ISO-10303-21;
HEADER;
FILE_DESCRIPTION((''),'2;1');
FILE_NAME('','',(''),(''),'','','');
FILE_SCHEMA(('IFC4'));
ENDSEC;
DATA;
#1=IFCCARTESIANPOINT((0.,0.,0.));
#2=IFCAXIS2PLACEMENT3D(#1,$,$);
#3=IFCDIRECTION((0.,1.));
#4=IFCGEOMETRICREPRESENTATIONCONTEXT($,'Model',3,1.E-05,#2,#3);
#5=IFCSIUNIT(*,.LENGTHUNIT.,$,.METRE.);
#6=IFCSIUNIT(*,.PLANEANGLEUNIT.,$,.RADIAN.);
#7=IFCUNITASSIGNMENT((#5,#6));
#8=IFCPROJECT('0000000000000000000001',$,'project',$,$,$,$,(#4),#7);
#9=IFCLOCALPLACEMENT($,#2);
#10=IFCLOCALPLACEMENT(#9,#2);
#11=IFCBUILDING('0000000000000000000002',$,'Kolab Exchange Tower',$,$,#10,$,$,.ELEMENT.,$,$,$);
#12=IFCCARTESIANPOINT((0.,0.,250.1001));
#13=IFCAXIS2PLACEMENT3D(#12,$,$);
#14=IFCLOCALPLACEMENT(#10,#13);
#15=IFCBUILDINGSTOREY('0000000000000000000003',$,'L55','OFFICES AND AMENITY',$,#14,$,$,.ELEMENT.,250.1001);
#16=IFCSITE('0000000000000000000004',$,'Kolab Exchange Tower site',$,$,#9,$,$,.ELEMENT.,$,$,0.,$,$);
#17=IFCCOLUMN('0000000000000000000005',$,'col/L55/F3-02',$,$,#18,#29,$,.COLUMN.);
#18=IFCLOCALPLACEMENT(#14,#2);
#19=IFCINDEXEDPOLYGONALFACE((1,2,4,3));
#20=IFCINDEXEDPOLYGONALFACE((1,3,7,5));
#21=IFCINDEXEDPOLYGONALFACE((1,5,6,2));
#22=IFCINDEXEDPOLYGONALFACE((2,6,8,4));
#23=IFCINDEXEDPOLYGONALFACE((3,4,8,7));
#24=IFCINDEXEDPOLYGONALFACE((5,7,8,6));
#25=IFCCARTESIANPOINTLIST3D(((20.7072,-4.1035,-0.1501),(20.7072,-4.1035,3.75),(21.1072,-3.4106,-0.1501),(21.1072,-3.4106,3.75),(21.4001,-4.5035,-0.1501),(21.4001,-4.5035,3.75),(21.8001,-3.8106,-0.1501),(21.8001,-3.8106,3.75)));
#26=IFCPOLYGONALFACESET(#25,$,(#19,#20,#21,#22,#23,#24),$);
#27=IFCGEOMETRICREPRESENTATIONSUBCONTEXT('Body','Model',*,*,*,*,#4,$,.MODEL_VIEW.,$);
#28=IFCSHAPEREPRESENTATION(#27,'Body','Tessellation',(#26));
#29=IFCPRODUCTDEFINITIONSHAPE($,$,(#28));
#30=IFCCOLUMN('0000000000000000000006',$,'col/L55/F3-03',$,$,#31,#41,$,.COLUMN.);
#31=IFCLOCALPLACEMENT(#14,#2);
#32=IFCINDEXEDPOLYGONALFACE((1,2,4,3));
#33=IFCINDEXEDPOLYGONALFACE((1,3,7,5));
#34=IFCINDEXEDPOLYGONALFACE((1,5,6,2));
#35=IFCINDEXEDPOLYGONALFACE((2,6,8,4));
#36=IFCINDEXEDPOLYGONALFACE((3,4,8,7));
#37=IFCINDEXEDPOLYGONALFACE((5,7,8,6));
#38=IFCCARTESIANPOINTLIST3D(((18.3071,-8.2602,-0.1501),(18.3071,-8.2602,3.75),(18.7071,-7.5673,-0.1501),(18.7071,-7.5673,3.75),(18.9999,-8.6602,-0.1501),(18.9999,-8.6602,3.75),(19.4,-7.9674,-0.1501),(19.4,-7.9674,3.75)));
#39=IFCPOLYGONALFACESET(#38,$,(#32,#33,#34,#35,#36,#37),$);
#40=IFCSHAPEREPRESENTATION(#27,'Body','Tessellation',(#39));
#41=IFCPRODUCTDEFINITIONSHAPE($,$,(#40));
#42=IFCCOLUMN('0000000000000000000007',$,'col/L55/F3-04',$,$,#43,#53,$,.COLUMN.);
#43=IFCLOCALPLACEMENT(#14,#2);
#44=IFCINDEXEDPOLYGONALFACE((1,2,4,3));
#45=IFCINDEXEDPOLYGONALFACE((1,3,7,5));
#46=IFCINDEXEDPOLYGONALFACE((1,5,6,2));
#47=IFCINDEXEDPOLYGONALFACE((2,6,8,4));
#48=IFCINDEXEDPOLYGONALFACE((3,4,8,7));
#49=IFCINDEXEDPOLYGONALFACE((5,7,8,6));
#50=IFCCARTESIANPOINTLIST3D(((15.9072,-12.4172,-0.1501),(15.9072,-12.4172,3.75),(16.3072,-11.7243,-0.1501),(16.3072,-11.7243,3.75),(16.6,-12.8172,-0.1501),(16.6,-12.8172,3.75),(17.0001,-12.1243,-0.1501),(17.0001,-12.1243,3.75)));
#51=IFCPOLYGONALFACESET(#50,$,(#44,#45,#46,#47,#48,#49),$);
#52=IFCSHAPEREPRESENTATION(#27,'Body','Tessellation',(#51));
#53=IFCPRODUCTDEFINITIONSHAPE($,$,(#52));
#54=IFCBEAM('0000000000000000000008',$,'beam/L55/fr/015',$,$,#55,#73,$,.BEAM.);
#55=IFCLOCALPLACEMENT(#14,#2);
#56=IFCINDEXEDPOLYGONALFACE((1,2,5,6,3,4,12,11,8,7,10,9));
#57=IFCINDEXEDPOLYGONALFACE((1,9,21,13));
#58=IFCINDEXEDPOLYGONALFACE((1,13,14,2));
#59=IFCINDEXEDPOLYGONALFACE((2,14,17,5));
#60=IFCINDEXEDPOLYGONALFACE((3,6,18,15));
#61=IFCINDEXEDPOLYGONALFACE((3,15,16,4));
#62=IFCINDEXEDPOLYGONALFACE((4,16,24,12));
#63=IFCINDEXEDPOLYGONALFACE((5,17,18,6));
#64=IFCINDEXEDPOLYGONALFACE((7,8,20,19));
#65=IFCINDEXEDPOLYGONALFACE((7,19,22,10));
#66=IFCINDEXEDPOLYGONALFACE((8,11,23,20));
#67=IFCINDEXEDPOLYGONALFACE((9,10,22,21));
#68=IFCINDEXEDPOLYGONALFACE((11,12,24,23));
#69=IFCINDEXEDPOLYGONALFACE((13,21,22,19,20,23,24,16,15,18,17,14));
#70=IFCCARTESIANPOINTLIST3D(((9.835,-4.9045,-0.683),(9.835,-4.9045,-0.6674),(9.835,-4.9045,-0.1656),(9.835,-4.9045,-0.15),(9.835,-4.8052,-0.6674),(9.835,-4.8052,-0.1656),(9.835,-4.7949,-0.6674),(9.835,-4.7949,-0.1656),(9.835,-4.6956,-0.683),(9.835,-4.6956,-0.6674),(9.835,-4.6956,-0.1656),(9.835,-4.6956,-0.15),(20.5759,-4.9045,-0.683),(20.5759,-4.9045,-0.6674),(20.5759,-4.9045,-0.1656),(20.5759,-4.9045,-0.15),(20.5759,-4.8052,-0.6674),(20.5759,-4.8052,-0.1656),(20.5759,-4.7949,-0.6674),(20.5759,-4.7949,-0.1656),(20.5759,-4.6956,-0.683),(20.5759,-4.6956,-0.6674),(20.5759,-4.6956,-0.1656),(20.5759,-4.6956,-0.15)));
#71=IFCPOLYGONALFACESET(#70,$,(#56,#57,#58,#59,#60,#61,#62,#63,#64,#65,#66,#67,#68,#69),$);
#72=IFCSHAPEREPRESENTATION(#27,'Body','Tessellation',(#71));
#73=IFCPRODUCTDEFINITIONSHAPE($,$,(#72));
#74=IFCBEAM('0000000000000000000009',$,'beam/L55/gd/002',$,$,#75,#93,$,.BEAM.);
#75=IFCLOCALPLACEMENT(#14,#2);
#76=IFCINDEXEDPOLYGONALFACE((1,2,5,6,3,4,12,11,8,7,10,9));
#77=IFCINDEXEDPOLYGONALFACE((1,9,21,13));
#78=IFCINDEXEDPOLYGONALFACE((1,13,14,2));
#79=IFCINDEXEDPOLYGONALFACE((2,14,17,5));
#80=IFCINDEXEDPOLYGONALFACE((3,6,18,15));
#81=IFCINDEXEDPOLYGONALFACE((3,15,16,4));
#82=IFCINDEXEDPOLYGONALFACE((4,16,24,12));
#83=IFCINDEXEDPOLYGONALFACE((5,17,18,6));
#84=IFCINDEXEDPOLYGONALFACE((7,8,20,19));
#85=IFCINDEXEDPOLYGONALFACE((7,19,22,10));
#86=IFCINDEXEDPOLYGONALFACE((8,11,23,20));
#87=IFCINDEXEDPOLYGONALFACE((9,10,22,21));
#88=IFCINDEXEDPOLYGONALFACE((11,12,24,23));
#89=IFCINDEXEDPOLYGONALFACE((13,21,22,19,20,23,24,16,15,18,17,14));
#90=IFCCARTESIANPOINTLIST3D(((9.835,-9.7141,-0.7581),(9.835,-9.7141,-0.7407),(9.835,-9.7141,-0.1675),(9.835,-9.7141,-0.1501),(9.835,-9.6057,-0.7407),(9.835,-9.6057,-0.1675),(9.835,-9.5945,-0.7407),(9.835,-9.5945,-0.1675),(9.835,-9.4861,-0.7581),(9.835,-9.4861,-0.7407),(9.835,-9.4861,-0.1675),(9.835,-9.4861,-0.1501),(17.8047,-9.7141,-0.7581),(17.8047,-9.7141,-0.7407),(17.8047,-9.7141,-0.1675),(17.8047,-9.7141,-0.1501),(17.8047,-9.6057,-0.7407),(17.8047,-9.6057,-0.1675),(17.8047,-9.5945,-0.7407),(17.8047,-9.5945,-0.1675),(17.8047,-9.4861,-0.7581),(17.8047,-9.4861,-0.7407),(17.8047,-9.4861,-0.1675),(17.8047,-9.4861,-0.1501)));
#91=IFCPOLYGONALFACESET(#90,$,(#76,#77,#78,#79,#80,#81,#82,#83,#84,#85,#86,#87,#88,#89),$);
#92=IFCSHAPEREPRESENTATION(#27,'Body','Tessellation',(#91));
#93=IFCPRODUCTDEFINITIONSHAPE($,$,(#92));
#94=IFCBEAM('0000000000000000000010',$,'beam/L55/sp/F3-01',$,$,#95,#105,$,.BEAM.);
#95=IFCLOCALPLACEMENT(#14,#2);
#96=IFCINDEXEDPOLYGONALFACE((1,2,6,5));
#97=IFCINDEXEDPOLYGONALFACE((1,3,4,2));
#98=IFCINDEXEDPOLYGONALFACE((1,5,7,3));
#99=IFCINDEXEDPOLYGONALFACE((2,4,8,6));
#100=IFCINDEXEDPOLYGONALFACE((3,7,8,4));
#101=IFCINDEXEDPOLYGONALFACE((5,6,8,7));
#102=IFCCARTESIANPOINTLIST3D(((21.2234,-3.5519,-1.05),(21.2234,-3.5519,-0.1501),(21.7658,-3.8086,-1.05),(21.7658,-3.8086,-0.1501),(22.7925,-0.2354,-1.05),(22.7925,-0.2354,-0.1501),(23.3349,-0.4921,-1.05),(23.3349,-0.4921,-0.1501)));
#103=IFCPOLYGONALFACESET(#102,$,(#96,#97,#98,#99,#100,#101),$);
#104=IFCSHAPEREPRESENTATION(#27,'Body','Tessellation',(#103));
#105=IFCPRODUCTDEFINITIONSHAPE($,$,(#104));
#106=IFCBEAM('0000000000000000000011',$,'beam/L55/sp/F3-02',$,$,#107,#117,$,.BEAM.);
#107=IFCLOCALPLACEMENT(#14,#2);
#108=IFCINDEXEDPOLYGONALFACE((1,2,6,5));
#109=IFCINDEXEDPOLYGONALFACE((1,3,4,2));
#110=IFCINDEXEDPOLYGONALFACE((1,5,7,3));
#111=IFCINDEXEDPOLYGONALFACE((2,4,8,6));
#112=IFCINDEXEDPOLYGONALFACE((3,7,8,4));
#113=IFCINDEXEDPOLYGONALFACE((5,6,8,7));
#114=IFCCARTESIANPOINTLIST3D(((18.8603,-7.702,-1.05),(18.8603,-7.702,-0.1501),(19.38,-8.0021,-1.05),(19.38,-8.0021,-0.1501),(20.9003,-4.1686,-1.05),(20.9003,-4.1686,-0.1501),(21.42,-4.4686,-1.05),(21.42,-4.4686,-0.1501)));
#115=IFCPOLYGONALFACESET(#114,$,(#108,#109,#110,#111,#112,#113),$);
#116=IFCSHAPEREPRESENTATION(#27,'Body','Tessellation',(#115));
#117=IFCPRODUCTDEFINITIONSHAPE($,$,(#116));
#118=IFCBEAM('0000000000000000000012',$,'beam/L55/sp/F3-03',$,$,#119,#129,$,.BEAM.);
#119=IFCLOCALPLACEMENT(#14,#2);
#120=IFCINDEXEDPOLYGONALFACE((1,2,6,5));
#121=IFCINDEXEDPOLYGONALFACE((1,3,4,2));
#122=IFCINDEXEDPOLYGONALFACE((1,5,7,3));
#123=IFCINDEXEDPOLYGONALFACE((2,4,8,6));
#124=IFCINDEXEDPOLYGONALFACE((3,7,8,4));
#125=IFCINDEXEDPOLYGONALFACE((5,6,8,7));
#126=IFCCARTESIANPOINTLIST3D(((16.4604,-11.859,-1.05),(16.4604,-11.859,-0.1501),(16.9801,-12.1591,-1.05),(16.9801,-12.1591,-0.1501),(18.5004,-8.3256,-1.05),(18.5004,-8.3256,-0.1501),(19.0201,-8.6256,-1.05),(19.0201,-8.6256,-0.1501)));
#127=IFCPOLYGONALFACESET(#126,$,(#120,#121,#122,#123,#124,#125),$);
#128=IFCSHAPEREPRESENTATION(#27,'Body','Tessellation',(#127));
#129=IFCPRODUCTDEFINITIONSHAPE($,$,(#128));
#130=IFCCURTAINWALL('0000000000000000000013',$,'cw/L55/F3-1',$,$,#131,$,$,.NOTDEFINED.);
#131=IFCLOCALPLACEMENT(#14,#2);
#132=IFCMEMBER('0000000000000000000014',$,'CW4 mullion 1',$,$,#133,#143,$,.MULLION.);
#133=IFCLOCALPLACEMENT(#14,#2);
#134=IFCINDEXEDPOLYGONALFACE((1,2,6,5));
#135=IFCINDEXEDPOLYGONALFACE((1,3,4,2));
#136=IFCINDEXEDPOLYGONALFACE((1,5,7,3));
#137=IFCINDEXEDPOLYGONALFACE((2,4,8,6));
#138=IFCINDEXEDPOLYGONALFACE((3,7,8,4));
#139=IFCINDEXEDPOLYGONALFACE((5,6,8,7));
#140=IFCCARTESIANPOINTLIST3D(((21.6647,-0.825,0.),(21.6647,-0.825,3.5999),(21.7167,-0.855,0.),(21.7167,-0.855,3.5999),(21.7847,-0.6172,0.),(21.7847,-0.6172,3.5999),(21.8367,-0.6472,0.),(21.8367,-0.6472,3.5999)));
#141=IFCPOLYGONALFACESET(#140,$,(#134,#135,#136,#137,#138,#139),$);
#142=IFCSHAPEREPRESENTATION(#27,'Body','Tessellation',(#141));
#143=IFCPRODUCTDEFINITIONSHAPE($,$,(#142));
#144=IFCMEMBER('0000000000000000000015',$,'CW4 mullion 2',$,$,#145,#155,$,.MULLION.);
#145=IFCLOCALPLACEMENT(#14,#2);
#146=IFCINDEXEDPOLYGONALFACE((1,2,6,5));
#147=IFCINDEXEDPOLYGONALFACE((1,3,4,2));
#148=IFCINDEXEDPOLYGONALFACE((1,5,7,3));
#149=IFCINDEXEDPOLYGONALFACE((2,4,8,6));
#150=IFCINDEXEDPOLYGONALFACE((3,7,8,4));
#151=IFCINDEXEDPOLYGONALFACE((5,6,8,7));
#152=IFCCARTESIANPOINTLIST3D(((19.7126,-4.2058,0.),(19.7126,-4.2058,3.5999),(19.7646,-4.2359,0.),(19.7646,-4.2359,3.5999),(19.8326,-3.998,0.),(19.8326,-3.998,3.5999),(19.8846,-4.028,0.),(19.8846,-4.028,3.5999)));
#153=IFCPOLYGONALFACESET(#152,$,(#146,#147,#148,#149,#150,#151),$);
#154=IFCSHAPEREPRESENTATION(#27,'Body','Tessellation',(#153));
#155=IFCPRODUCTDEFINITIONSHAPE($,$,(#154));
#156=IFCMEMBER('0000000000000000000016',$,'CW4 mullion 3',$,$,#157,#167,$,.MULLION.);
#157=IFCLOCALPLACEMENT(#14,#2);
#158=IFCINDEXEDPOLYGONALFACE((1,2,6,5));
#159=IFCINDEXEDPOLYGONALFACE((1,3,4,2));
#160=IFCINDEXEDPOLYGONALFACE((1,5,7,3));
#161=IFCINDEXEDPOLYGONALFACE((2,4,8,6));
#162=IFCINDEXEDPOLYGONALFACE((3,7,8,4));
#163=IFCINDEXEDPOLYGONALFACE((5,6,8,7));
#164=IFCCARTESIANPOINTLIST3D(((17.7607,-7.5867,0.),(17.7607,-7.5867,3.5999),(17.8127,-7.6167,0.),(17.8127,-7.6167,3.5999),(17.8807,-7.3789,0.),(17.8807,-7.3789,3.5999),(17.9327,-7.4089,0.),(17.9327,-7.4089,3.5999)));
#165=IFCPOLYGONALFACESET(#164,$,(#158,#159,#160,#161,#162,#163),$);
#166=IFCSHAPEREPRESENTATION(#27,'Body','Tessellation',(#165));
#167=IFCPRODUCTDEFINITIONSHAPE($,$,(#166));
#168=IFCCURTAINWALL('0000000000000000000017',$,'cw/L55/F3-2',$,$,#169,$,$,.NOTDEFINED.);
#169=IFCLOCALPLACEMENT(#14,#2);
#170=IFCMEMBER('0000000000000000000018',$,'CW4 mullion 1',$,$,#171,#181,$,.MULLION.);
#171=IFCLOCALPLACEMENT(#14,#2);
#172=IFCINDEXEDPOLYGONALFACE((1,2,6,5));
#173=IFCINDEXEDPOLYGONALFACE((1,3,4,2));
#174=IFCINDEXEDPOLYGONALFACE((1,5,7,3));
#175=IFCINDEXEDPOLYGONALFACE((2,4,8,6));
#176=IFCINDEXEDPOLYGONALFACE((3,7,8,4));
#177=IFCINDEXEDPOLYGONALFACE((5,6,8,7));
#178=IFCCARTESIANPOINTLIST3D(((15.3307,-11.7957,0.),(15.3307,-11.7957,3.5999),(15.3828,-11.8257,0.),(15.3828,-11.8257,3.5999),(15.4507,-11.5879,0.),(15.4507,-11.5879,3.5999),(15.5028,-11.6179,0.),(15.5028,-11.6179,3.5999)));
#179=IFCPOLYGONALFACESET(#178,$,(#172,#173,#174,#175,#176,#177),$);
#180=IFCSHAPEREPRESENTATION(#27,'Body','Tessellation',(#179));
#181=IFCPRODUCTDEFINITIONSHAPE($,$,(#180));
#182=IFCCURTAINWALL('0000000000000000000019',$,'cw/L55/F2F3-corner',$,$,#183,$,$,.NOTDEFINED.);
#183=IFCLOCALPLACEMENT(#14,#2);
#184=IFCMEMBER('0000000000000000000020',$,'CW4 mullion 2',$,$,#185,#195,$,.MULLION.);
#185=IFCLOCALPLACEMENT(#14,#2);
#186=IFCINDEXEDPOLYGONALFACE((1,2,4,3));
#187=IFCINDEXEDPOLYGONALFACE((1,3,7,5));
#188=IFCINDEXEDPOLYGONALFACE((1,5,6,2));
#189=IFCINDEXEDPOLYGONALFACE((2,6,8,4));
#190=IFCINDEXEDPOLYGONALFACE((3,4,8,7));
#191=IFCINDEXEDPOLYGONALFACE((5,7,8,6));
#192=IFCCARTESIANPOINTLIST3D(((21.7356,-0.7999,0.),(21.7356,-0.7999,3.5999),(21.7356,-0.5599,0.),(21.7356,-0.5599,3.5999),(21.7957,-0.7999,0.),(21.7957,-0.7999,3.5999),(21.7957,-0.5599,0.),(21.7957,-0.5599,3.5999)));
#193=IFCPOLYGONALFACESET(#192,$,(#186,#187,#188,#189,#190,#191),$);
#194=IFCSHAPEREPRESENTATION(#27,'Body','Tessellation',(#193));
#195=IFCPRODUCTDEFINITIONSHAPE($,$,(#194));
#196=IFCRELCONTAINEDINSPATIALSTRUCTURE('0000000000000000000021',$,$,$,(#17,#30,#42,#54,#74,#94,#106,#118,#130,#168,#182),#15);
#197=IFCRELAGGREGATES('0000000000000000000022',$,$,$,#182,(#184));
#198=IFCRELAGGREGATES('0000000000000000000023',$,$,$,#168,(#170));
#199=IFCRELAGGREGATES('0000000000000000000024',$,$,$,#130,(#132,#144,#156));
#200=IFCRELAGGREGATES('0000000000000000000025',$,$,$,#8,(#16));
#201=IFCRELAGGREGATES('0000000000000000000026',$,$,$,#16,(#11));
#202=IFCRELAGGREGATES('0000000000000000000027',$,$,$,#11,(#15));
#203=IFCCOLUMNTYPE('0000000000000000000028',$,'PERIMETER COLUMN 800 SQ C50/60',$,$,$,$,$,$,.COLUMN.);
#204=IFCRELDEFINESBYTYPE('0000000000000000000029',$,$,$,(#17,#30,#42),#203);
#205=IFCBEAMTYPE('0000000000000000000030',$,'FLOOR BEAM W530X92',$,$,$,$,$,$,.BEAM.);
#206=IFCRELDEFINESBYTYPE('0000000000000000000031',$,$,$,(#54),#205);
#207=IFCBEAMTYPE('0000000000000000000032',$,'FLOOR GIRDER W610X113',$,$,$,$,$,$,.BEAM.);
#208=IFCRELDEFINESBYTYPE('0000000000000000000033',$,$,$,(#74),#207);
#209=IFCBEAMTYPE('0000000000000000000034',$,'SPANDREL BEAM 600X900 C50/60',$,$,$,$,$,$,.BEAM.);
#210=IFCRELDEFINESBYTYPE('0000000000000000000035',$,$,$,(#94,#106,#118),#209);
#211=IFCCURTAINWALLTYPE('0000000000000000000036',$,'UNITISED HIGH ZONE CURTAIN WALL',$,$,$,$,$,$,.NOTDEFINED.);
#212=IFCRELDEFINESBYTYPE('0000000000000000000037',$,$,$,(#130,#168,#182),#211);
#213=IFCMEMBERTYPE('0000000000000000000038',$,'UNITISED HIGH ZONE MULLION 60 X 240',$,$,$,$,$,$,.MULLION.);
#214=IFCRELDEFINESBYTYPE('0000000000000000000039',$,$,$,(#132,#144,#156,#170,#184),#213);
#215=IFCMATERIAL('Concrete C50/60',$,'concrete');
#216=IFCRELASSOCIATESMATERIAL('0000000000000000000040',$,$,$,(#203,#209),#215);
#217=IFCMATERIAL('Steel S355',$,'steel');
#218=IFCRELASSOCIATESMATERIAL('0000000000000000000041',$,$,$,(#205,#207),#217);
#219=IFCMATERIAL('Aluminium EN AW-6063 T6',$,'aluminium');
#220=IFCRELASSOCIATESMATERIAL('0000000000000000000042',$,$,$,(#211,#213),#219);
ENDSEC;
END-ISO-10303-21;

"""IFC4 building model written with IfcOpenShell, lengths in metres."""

from ifc_helpers import new_model, si_unit, direction, frame, origin, origin_2d, place, context, subcontext, project, spatial, rectangle, i_section, extrude, material, material_profile, profile_set, type_object, element, aggregate, save


model = new_model("IFC4")

# Units and contexts
model_context = context("Model", 3, precision=1e-05, world=origin(), true_north=direction((0.0, 1.0)))
body_context = subcontext(model_context, "Body", "Model", "MODEL_VIEW")
ifc_project = project(units=[si_unit("LENGTHUNIT", "METRE"), si_unit("PLANEANGLEUNIT", "RADIAN")], contexts=[model_context])

# Site, building, storey
site_placement = place(None, origin())
site = spatial("IfcSite", under=ifc_project, at=site_placement, Name="Kolab Exchange Tower site", CompositionType="ELEMENT", RefElevation=0.0)
building_placement = place(site_placement, origin())
building = spatial("IfcBuilding", under=site, at=building_placement, Name="Kolab Exchange Tower", CompositionType="ELEMENT")
storey_placement = place(building_placement, frame((0.0, 0.0, 250.1001)))
storey = spatial("IfcBuildingStorey", under=building, at=storey_placement, Name="L55", Description="OFFICES AND AMENITY", CompositionType="ELEMENT", Elevation=250.1001)

# Columns
ifc_material_1 = material(Name="Concrete C50/60", Category="concrete")
ifc_material_profile_1 = material_profile(ifc_material_1, rectangle(XDim=0.8, YDim=0.8, at=origin_2d()), Name="RC800")
ifc_profile_set_1 = profile_set([ifc_material_profile_1], Name="Concrete C50/60")
column_type = type_object("IfcColumnType", Name="PERIMETER COLUMN 800 SQ C50/60", PredefinedType="COLUMN", material=ifc_profile_set_1)
for number, where, z_axis, x_axis, name in (
    (1, (21.2537, -3.957, -0.1501), (0.0, 0.0, 1.0), (0.5, 0.866025, 0.0), "col/L55/F3-02"),
    (2, (18.8535, -8.1138, -0.1501), (0.0, 0.0, 1.0), (0.5, 0.866025, 0.0), "col/L55/F3-03"),
    (3, (16.4536, -12.2708, -0.1501), (0.0, 0.0, 1.0), (0.5, 0.866025, 0.0), "col/L55/F3-04"),
):
    element("IfcColumn", number, at=place(storey_placement, frame(where, z_axis=z_axis, x_axis=x_axis)), inside=storey, type_object=column_type, Name=name, PredefinedType="COLUMN", context=body_context, shape_type="SweptSolid", body=[
        extrude(rectangle(XDim=0.8, YDim=0.8, at=origin_2d()), origin(), (0.0, 0.0, 1.0), 3.9001),
    ])

# Beams
ifc_material_2 = material(Name="Steel S355", Category="steel")
ifc_material_profile_2 = material_profile(ifc_material_2, i_section(OverallWidth=0.209, OverallDepth=0.533, WebThickness=0.0103, FlangeThickness=0.0156, at=origin_2d()), Name="W530X92")
ifc_profile_set_2 = profile_set([ifc_material_profile_2], Name="Steel S355")
beam_type_1 = type_object("IfcBeamType", Name="FLOOR BEAM W530X92", PredefinedType="BEAM", material=ifc_profile_set_2)
beam_1_placement = place(storey_placement, frame((9.835, -4.8, -0.4165), z_axis=(1.0, 0.0, 0.0), x_axis=(0.0, 1.0, 0.0)))
element("IfcBeam", 4, at=beam_1_placement, inside=storey, type_object=beam_type_1, Name="beam/L55/fr/015", PredefinedType="BEAM", context=body_context, shape_type="SweptSolid", body=[
    extrude(i_section(OverallWidth=0.209, OverallDepth=0.533, WebThickness=0.0103, FlangeThickness=0.0156, at=origin_2d()), origin(), (0.0, 0.0, 1.0), 10.741),
])
ifc_material_profile_3 = material_profile(ifc_material_2, i_section(OverallWidth=0.228, OverallDepth=0.6079, WebThickness=0.0112, FlangeThickness=0.0173, at=origin_2d()), Name="W610X113")
ifc_profile_set_3 = profile_set([ifc_material_profile_3], Name="Steel S355")
beam_type_2 = type_object("IfcBeamType", Name="FLOOR GIRDER W610X113", PredefinedType="BEAM", material=ifc_profile_set_3)
beam_2_placement = place(storey_placement, frame((9.835, -9.6001, -0.4541), z_axis=(1.0, 0.0, 0.0), x_axis=(0.0, 1.0, 0.0)))
element("IfcBeam", 5, at=beam_2_placement, inside=storey, type_object=beam_type_2, Name="beam/L55/gd/002", PredefinedType="BEAM", context=body_context, shape_type="SweptSolid", body=[
    extrude(i_section(OverallWidth=0.228, OverallDepth=0.6079, WebThickness=0.0112, FlangeThickness=0.0173, at=origin_2d()), origin(), (0.0, 0.0, 1.0), 7.9697),
])
ifc_material_profile_4 = material_profile(ifc_material_1, rectangle(XDim=0.6001, YDim=0.8999, at=origin_2d()), Name="RC600X900")
ifc_profile_set_4 = profile_set([ifc_material_profile_4], Name="Concrete C50/60")
beam_type_3 = type_object("IfcBeamType", Name="SPANDREL BEAM 600X900 C50/60", PredefinedType="BEAM", material=ifc_profile_set_4)
beam_3_placement = place(storey_placement, frame((23.0637, -0.3638, -0.6001), z_axis=(-0.427677, -0.903932, 0.0), x_axis=(0.903932, -0.427677, 0.0)))
element("IfcBeam", 6, at=beam_3_placement, inside=storey, type_object=beam_type_3, Name="beam/L55/sp/F3-01", PredefinedType="BEAM", context=body_context, shape_type="SweptSolid", body=[
    extrude(rectangle(XDim=0.6001, YDim=0.8999, at=origin_2d()), origin(), (0.0, 0.0, 1.0), 3.6689),
])
for number, where, z_axis, x_axis, name in (
    (7, (21.1602, -4.3186, -0.6001), (-0.5, -0.866025, 0.0), (0.866025, -0.5, 0.0), "beam/L55/sp/F3-02"),
    (8, (18.7603, -8.4756, -0.6001), (-0.5, -0.866025, 0.0), (0.866025, -0.5, 0.0), "beam/L55/sp/F3-03"),
):
    element("IfcBeam", number, at=place(storey_placement, frame(where, z_axis=z_axis, x_axis=x_axis)), inside=storey, type_object=beam_type_3, Name=name, PredefinedType="BEAM", context=body_context, shape_type="SweptSolid", body=[
        extrude(rectangle(XDim=0.6001, YDim=0.8999, at=origin_2d()), origin(), (0.0, 0.0, 1.0), 4.0801),
    ])

# Curtain wall, members
ifc_material_3 = material(Name="Aluminium EN AW-6063 T6", Category="aluminium")
curtain_wall_type = type_object("IfcCurtainWallType", Name="UNITISED HIGH ZONE CURTAIN WALL", PredefinedType="NOTDEFINED", material=ifc_material_3)
curtain_wall_1_placement = place(storey_placement, origin())
curtain_wall_1 = element("IfcCurtainWall", 9, at=curtain_wall_1_placement, inside=storey, type_object=curtain_wall_type, Name="cw/L55/F3-1", PredefinedType="NOTDEFINED")
ifc_material_profile_5 = material_profile(ifc_material_3, rectangle(XDim=0.0601, YDim=0.24, at=origin_2d()), Name="RECT 60X240")
ifc_profile_set_5 = profile_set([ifc_material_profile_5], Name="Aluminium EN AW-6063 T6")
member_type_1 = type_object("IfcMemberType", Name="UNITISED HIGH ZONE MULLION 60 X 240", PredefinedType="MULLION", material=ifc_profile_set_5)
member_1_placement = place(storey_placement, frame((21.7507, -0.7361, 0.0), z_axis=(0.0, 0.0, 1.0), x_axis=(0.866025, -0.5, 0.0)))
member_1 = element("IfcMember", 10, at=member_1_placement, type_object=member_type_1, Name="CW4 mullion 1", PredefinedType="MULLION", context=body_context, shape_type="SweptSolid", body=[
    extrude(rectangle(XDim=0.0601, YDim=0.24, at=origin_2d()), origin(), (0.0, 0.0, 1.0), 3.5999),
])
member_2_placement = place(storey_placement, frame((19.7986, -4.1169, 0.0), z_axis=(0.0, 0.0, 1.0), x_axis=(0.866025, -0.5, 0.0)))
member_2 = element("IfcMember", 11, at=member_2_placement, type_object=member_type_1, Name="CW4 mullion 2", PredefinedType="MULLION", context=body_context, shape_type="SweptSolid", body=[
    extrude(rectangle(XDim=0.0601, YDim=0.24, at=origin_2d()), origin(), (0.0, 0.0, 1.0), 3.5999),
])
member_3_placement = place(storey_placement, frame((17.8467, -7.4978, 0.0), z_axis=(0.0, 0.0, 1.0), x_axis=(0.866025, -0.5, 0.0)))
member_3 = element("IfcMember", 12, at=member_3_placement, type_object=member_type_1, Name="CW4 mullion 3", PredefinedType="MULLION", context=body_context, shape_type="SweptSolid", body=[
    extrude(rectangle(XDim=0.0601, YDim=0.24, at=origin_2d()), origin(), (0.0, 0.0, 1.0), 3.5999),
])

# Curtain walls, members
curtain_wall_2_placement = place(storey_placement, origin())
curtain_wall_2 = element("IfcCurtainWall", 13, at=curtain_wall_2_placement, inside=storey, type_object=curtain_wall_type, Name="cw/L55/F3-2", PredefinedType="NOTDEFINED")
member_4_placement = place(storey_placement, frame((15.4167, -11.7068, 0.0), z_axis=(0.0, 0.0, 1.0), x_axis=(0.866025, -0.5, 0.0)))
member_4 = element("IfcMember", 14, at=member_4_placement, type_object=member_type_1, Name="CW4 mullion 1", PredefinedType="MULLION", context=body_context, shape_type="SweptSolid", body=[
    extrude(rectangle(XDim=0.0601, YDim=0.24, at=origin_2d()), origin(), (0.0, 0.0, 1.0), 3.5999),
])
curtain_wall_3_placement = place(storey_placement, origin())
curtain_wall_3 = element("IfcCurtainWall", 15, at=curtain_wall_3_placement, inside=storey, type_object=curtain_wall_type, Name="cw/L55/F2F3-corner", PredefinedType="NOTDEFINED")
member_5_placement = place(storey_placement, frame((21.7656, -0.6799, 0.0), z_axis=(0.0, 0.0, 1.0), x_axis=(1.0, 0.0, 0.0)))
member_5 = element("IfcMember", 16, at=member_5_placement, type_object=member_type_1, Name="CW4 mullion 2", PredefinedType="MULLION", context=body_context, shape_type="SweptSolid", body=[
    extrude(rectangle(XDim=0.0601, YDim=0.24, at=origin_2d()), origin(), (0.0, 0.0, 1.0), 3.5999),
])
aggregate(curtain_wall_3, [member_5])

aggregate(curtain_wall_2, [member_4])

aggregate(curtain_wall_1, [member_1, member_2, member_3])

save(model, "model.ifc")
